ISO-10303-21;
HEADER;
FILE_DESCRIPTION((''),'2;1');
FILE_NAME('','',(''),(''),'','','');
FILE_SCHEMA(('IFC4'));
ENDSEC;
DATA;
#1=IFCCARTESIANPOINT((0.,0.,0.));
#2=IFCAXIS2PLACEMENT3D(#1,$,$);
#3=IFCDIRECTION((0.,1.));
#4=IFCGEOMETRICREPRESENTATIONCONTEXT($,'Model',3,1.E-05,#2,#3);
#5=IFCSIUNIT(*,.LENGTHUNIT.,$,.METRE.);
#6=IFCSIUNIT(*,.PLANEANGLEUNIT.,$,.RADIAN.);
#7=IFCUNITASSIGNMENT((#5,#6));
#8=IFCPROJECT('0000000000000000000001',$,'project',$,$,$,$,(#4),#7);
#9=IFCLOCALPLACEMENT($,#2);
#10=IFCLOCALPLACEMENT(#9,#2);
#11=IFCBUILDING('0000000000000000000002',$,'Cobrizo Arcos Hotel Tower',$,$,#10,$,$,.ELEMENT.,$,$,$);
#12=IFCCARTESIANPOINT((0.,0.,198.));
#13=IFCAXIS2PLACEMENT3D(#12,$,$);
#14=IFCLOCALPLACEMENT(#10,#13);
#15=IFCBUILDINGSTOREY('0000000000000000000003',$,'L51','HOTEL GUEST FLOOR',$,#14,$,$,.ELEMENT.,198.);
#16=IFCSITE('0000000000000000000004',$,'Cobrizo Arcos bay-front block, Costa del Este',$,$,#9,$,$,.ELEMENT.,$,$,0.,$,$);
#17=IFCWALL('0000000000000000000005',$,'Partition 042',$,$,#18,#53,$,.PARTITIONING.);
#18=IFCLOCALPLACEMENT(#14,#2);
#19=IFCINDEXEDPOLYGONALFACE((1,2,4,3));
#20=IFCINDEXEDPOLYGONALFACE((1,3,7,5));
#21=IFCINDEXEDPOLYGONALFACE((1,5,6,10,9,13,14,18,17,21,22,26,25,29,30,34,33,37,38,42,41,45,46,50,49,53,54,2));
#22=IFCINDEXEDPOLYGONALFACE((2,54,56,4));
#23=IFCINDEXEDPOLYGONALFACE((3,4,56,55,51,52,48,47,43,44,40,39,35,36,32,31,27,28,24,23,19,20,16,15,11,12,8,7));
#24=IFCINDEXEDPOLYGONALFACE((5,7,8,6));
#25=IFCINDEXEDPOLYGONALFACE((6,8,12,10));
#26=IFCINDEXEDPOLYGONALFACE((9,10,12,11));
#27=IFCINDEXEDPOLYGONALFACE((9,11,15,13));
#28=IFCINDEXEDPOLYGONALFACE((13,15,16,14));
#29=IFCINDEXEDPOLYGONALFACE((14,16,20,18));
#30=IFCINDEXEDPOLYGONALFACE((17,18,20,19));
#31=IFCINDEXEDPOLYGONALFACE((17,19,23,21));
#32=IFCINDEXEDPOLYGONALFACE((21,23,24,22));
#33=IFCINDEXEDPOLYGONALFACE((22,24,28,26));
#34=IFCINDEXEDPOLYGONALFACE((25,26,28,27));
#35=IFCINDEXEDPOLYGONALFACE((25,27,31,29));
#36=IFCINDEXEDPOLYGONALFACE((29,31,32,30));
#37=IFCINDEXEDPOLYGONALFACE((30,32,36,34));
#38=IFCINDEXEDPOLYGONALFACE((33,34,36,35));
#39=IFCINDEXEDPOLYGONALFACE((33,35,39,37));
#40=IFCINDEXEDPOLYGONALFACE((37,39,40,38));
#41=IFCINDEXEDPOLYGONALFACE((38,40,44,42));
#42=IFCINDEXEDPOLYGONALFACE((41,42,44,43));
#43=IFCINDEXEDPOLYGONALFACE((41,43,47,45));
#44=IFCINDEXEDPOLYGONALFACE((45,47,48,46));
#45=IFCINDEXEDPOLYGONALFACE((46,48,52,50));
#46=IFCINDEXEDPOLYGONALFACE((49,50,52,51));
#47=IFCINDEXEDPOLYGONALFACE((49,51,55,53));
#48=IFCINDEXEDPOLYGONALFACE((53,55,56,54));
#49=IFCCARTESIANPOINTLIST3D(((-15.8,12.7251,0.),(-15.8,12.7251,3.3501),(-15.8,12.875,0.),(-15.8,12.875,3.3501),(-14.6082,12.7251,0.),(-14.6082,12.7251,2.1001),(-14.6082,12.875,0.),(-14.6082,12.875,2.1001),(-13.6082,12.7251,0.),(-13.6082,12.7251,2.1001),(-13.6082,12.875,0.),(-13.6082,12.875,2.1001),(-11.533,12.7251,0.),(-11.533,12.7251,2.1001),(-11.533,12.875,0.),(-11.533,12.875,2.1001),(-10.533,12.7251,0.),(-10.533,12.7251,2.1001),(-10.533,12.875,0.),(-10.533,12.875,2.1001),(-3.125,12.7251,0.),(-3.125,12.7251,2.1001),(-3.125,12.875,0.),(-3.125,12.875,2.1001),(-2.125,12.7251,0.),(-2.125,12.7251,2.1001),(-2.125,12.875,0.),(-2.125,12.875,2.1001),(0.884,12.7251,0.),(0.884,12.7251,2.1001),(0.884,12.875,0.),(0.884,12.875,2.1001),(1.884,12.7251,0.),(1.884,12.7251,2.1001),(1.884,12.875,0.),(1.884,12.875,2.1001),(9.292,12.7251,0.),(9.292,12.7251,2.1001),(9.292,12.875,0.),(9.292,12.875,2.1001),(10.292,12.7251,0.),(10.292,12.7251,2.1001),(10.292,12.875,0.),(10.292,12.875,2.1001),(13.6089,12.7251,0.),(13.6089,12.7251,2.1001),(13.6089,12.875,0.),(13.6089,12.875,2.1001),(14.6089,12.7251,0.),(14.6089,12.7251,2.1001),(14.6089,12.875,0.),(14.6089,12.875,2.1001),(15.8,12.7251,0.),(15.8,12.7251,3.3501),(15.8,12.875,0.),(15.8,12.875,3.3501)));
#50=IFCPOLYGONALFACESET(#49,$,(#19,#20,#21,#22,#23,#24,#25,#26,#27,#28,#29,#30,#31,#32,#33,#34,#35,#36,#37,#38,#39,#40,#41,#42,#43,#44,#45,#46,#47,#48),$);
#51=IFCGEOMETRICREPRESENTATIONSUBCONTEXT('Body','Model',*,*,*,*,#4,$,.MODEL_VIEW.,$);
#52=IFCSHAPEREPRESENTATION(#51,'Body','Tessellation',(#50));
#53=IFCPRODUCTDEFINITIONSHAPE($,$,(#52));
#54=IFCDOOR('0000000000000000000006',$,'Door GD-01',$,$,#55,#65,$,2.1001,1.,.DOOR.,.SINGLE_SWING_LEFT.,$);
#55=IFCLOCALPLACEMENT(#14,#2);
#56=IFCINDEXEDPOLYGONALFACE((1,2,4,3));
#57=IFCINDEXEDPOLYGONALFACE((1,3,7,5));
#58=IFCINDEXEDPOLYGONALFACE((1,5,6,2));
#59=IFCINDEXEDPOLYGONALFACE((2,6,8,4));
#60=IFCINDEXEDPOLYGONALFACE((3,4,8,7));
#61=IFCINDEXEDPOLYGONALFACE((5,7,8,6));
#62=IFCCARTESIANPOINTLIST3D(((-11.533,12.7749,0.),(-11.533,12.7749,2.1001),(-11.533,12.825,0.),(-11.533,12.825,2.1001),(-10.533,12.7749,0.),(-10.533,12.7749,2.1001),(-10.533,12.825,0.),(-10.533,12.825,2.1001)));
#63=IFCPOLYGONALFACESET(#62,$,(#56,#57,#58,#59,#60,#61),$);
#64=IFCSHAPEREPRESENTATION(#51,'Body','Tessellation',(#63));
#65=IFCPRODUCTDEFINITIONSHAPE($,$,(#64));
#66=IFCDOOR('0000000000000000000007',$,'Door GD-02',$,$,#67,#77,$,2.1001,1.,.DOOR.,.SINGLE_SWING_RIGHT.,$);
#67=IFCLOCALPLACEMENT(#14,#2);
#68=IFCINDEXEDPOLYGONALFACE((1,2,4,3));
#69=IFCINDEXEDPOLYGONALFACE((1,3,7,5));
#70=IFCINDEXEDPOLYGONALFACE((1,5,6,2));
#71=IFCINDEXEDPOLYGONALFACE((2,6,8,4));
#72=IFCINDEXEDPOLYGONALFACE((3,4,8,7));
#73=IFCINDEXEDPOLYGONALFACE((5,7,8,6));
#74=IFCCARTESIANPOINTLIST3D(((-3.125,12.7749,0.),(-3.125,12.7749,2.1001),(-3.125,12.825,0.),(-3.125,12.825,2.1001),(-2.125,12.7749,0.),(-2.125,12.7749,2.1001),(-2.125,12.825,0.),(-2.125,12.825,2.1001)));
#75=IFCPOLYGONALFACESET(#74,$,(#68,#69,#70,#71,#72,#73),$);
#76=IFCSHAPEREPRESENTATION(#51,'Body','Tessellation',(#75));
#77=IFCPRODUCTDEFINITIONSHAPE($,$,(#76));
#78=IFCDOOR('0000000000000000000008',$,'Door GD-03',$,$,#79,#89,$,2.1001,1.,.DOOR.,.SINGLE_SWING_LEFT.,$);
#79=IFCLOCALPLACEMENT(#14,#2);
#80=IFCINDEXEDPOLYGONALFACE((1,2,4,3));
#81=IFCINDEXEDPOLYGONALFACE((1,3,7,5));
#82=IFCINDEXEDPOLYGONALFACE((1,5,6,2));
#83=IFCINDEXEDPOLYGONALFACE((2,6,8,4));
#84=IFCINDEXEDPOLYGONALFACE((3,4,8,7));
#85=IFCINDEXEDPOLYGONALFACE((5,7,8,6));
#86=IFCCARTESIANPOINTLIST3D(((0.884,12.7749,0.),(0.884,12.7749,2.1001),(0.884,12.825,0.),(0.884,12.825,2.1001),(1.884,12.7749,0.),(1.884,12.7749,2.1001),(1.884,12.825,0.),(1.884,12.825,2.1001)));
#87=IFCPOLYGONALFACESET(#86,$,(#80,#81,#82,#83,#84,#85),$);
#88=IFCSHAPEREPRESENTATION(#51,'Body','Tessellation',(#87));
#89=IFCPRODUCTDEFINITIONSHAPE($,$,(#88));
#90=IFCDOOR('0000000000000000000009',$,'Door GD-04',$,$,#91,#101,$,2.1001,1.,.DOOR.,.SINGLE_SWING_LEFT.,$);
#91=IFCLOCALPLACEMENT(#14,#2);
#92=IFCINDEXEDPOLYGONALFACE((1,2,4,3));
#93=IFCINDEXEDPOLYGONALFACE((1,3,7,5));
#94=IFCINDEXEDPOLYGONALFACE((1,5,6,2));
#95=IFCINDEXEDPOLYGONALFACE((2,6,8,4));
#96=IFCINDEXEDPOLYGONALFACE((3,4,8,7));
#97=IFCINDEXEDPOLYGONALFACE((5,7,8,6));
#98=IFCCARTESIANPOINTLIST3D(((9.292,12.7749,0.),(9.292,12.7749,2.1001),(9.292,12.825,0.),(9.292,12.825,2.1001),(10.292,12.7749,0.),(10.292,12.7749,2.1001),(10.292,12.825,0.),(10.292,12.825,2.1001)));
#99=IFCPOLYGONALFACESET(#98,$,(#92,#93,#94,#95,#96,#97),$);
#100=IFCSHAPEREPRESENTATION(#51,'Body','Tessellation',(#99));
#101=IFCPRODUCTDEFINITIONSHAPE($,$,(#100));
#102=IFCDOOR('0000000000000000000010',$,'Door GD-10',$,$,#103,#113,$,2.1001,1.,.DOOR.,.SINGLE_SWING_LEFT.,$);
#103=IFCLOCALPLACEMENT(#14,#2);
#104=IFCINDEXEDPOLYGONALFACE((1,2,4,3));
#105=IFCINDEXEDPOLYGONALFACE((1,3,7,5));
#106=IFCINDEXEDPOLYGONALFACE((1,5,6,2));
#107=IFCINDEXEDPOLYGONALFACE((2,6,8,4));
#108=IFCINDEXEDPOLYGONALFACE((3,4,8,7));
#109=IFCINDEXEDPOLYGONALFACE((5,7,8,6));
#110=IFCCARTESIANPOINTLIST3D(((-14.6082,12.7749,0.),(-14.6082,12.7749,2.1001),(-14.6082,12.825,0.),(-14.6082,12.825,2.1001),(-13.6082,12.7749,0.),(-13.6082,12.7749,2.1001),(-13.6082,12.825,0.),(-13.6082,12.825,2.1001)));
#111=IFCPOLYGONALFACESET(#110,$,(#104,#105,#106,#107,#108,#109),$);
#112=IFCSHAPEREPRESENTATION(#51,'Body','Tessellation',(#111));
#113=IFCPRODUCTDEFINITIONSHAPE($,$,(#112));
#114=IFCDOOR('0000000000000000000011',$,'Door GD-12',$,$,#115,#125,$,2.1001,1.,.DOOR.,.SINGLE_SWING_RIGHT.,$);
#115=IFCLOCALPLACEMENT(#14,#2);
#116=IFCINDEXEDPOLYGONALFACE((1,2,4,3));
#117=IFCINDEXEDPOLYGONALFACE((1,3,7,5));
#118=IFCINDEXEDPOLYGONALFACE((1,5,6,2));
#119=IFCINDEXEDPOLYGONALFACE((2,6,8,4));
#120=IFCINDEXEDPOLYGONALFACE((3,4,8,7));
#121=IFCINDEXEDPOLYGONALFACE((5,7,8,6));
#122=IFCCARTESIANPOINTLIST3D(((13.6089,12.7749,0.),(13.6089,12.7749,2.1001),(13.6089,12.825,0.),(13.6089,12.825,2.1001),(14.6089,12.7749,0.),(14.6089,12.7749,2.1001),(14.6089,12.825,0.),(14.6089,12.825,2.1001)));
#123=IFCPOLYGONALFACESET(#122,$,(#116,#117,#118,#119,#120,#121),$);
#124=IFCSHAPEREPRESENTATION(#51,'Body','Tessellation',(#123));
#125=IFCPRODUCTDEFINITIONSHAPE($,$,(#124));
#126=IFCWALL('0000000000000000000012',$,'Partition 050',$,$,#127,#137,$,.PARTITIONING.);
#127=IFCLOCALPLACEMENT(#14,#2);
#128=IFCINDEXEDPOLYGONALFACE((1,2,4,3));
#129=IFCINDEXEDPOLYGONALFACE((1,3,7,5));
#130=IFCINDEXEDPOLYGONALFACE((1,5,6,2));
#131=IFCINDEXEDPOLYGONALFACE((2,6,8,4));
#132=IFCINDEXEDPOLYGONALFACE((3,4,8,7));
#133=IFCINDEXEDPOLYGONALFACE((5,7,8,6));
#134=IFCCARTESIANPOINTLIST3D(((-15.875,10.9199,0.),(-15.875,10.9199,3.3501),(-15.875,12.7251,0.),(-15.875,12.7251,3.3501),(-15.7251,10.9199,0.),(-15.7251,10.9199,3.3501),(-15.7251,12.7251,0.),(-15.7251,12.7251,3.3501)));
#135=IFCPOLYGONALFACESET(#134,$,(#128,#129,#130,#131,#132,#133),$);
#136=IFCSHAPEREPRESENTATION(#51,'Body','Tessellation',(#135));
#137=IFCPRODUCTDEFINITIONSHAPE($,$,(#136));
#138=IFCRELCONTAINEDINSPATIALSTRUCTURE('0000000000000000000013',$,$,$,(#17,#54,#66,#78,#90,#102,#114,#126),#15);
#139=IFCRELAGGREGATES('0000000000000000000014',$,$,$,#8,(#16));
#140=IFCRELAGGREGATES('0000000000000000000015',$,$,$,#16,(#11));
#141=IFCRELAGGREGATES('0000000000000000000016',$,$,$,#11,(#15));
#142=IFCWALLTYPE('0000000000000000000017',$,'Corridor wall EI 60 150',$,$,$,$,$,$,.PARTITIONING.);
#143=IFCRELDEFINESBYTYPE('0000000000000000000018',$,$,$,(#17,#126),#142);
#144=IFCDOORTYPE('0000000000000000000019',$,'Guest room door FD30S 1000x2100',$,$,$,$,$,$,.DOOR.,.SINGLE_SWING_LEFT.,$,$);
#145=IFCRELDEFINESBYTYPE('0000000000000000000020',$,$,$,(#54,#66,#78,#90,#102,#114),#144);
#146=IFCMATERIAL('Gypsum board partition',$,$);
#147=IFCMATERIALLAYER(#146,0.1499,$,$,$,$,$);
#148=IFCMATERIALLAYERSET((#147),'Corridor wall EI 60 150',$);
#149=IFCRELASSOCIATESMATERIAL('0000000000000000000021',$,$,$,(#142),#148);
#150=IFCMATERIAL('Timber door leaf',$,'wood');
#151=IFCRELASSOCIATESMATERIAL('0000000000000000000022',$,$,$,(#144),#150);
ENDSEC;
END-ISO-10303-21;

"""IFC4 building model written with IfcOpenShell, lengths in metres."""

from ifc_helpers import new_model, si_unit, direction, frame, frame_2d, origin, place, context, subcontext, project, spatial, rectangle, extrude, material, layer, layer_set, type_object, element, fill, save


model = new_model("IFC4")

# Units and contexts
model_context = context("Model", 3, precision=1e-05, world=origin(), true_north=direction((0.0, 1.0)))
body_context = subcontext(model_context, "Body", "Model", "MODEL_VIEW")
ifc_project = project(units=[si_unit("LENGTHUNIT", "METRE"), si_unit("PLANEANGLEUNIT", "RADIAN")], contexts=[model_context])

# Site, building, storey
site_placement = place(None, origin())
site = spatial("IfcSite", under=ifc_project, at=site_placement, Name="Cobrizo Arcos bay-front block, Costa del Este", CompositionType="ELEMENT", RefElevation=0.0)
building_placement = place(site_placement, origin())
building = spatial("IfcBuilding", under=site, at=building_placement, Name="Cobrizo Arcos Hotel Tower", CompositionType="ELEMENT")
storey_placement = place(building_placement, frame((0.0, 0.0, 198.0)))
storey = spatial("IfcBuildingStorey", under=building, at=storey_placement, Name="L51", Description="HOTEL GUEST FLOOR", CompositionType="ELEMENT", Elevation=198.0)

# Wall, openings, doors
ifc_material_1 = material(Name="Gypsum board partition")
ifc_layer_1 = layer(ifc_material_1, 0.1499)
ifc_layer_set_1 = layer_set([ifc_layer_1], Name="Corridor wall EI 60 150")
wall_type_1 = type_object("IfcWallType", Name="Corridor wall EI 60 150", PredefinedType="PARTITIONING", material=ifc_layer_set_1)
wall_1_placement = place(storey_placement, frame((-15.8, 12.8, 0.0), z_axis=(0.0, 0.0, 1.0), x_axis=(1.0, 0.0, 0.0)))
wall_1 = element("IfcWall", 1, at=wall_1_placement, inside=storey, type_object=wall_type_1, Name="Partition 042", PredefinedType="PARTITIONING", context=body_context, shape_type="SweptSolid", body=[
    extrude(rectangle(XDim=31.6001, YDim=0.1499, at=frame_2d((15.8, 0.0))), origin(), (0.0, 0.0, 1.0), 3.3501),
])
opening_1_placement = place(wall_1_placement, frame((4.2671, 0.0, 0.0)))
opening_1 = element("IfcOpeningElement", 2, at=opening_1_placement, cuts=wall_1, PredefinedType="OPENING", context=body_context, shape_type="SweptSolid", body=[
    extrude(rectangle(XDim=1.0, YDim=2.1001, at=frame_2d((0.5, 1.05))), frame((0.0, 0.0869, 0.0), z_axis=(0.0, -1.0, 0.0), x_axis=(1.0, 0.0, 0.0)), (0.0, 0.0, 1.0), 0.1738),
])
opening_2_placement = place(wall_1_placement, frame((12.675, 0.0, 0.0)))
opening_2 = element("IfcOpeningElement", 3, at=opening_2_placement, cuts=wall_1, PredefinedType="OPENING", context=body_context, shape_type="SweptSolid", body=[
    extrude(rectangle(XDim=1.0, YDim=2.1001, at=frame_2d((0.5, 1.05))), frame((0.0, 0.0869, 0.0), z_axis=(0.0, -1.0, 0.0), x_axis=(1.0, 0.0, 0.0)), (0.0, 0.0, 1.0), 0.1738),
])
opening_3_placement = place(wall_1_placement, frame((16.6841, 0.0, 0.0)))
opening_3 = element("IfcOpeningElement", 4, at=opening_3_placement, cuts=wall_1, PredefinedType="OPENING", context=body_context, shape_type="SweptSolid", body=[
    extrude(rectangle(XDim=1.0, YDim=2.1001, at=frame_2d((0.5, 1.05))), frame((0.0, 0.0869, 0.0), z_axis=(0.0, -1.0, 0.0), x_axis=(1.0, 0.0, 0.0)), (0.0, 0.0, 1.0), 0.1738),
])
opening_4_placement = place(wall_1_placement, frame((25.092, 0.0, 0.0)))
opening_4 = element("IfcOpeningElement", 5, at=opening_4_placement, cuts=wall_1, PredefinedType="OPENING", context=body_context, shape_type="SweptSolid", body=[
    extrude(rectangle(XDim=1.0, YDim=2.1001, at=frame_2d((0.5, 1.05))), frame((0.0, 0.0869, 0.0), z_axis=(0.0, -1.0, 0.0), x_axis=(1.0, 0.0, 0.0)), (0.0, 0.0, 1.0), 0.1738),
])
opening_5_placement = place(wall_1_placement, frame((1.1919, 0.0, 0.0)))
opening_5 = element("IfcOpeningElement", 6, at=opening_5_placement, cuts=wall_1, PredefinedType="OPENING", context=body_context, shape_type="SweptSolid", body=[
    extrude(rectangle(XDim=1.0, YDim=2.1001, at=frame_2d((0.5, 1.05))), frame((0.0, 0.0869, 0.0), z_axis=(0.0, -1.0, 0.0), x_axis=(1.0, 0.0, 0.0)), (0.0, 0.0, 1.0), 0.1738),
])
opening_6_placement = place(wall_1_placement, frame((29.4089, 0.0, 0.0)))
opening_6 = element("IfcOpeningElement", 7, at=opening_6_placement, cuts=wall_1, PredefinedType="OPENING", context=body_context, shape_type="SweptSolid", body=[
    extrude(rectangle(XDim=1.0, YDim=2.1001, at=frame_2d((0.5, 1.05))), frame((0.0, 0.0869, 0.0), z_axis=(0.0, -1.0, 0.0), x_axis=(1.0, 0.0, 0.0)), (0.0, 0.0, 1.0), 0.1738),
])
ifc_material_2 = material(Name="Timber door leaf", Category="wood")
door_type = type_object("IfcDoorType", Name="Guest room door FD30S 1000x2100", OperationType="SINGLE_SWING_LEFT", PredefinedType="DOOR", material=ifc_material_2)
door_1_placement = place(opening_1_placement, origin())
door_1 = element("IfcDoor", 8, at=door_1_placement, inside=storey, type_object=door_type, Name="Door GD-01", OperationType="SINGLE_SWING_LEFT", OverallHeight=2.1001, OverallWidth=1.0, PredefinedType="DOOR", context=body_context, shape_type="SweptSolid", body=[
    extrude(rectangle(XDim=1.0, YDim=2.1001, at=frame_2d((0.5, 1.05))), frame((0.0, 0.0249, 0.0), z_axis=(0.0, -1.0, 0.0), x_axis=(1.0, 0.0, 0.0)), (0.0, 0.0, 1.0), 0.05),
])
fill(opening_1, door_1)
door_2_placement = place(opening_2_placement, origin())
door_2 = element("IfcDoor", 9, at=door_2_placement, inside=storey, type_object=door_type, Name="Door GD-02", OperationType="SINGLE_SWING_RIGHT", OverallHeight=2.1001, OverallWidth=1.0, PredefinedType="DOOR", context=body_context, shape_type="SweptSolid", body=[
    extrude(rectangle(XDim=1.0, YDim=2.1001, at=frame_2d((0.5, 1.05))), frame((0.0, 0.0249, 0.0), z_axis=(0.0, -1.0, 0.0), x_axis=(1.0, 0.0, 0.0)), (0.0, 0.0, 1.0), 0.05),
])
fill(opening_2, door_2)
door_3_placement = place(opening_3_placement, origin())
door_3 = element("IfcDoor", 10, at=door_3_placement, inside=storey, type_object=door_type, Name="Door GD-03", OperationType="SINGLE_SWING_LEFT", OverallHeight=2.1001, OverallWidth=1.0, PredefinedType="DOOR", context=body_context, shape_type="SweptSolid", body=[
    extrude(rectangle(XDim=1.0, YDim=2.1001, at=frame_2d((0.5, 1.05))), frame((0.0, 0.0249, 0.0), z_axis=(0.0, -1.0, 0.0), x_axis=(1.0, 0.0, 0.0)), (0.0, 0.0, 1.0), 0.05),
])
fill(opening_3, door_3)
door_4_placement = place(opening_4_placement, origin())
door_4 = element("IfcDoor", 11, at=door_4_placement, inside=storey, type_object=door_type, Name="Door GD-04", OperationType="SINGLE_SWING_LEFT", OverallHeight=2.1001, OverallWidth=1.0, PredefinedType="DOOR", context=body_context, shape_type="SweptSolid", body=[
    extrude(rectangle(XDim=1.0, YDim=2.1001, at=frame_2d((0.5, 1.05))), frame((0.0, 0.0249, 0.0), z_axis=(0.0, -1.0, 0.0), x_axis=(1.0, 0.0, 0.0)), (0.0, 0.0, 1.0), 0.05),
])
fill(opening_4, door_4)
door_5_placement = place(opening_5_placement, origin())
door_5 = element("IfcDoor", 12, at=door_5_placement, inside=storey, type_object=door_type, Name="Door GD-10", OperationType="SINGLE_SWING_LEFT", OverallHeight=2.1001, OverallWidth=1.0, PredefinedType="DOOR", context=body_context, shape_type="SweptSolid", body=[
    extrude(rectangle(XDim=1.0, YDim=2.1001, at=frame_2d((0.5, 1.05))), frame((0.0, 0.0249, 0.0), z_axis=(0.0, -1.0, 0.0), x_axis=(1.0, 0.0, 0.0)), (0.0, 0.0, 1.0), 0.05),
])
fill(opening_5, door_5)
door_6_placement = place(opening_6_placement, origin())
door_6 = element("IfcDoor", 13, at=door_6_placement, inside=storey, type_object=door_type, Name="Door GD-12", OperationType="SINGLE_SWING_RIGHT", OverallHeight=2.1001, OverallWidth=1.0, PredefinedType="DOOR", context=body_context, shape_type="SweptSolid", body=[
    extrude(rectangle(XDim=1.0, YDim=2.1001, at=frame_2d((0.5, 1.05))), frame((0.0, 0.0249, 0.0), z_axis=(0.0, -1.0, 0.0), x_axis=(1.0, 0.0, 0.0)), (0.0, 0.0, 1.0), 0.05),
])
fill(opening_6, door_6)

# Wall
wall_2_placement = place(storey_placement, frame((-15.8, 10.9199, 0.0), z_axis=(0.0, 0.0, 1.0), x_axis=(0.0, 1.0, 0.0)))
element("IfcWall", 14, at=wall_2_placement, inside=storey, type_object=wall_type_1, Name="Partition 050", PredefinedType="PARTITIONING", context=body_context, shape_type="SweptSolid", body=[
    extrude(rectangle(XDim=1.8052, YDim=0.1499, at=frame_2d((0.9026, 0.0))), origin(), (0.0, 0.0, 1.0), 3.3501),
])

save(model, "model.ifc")
